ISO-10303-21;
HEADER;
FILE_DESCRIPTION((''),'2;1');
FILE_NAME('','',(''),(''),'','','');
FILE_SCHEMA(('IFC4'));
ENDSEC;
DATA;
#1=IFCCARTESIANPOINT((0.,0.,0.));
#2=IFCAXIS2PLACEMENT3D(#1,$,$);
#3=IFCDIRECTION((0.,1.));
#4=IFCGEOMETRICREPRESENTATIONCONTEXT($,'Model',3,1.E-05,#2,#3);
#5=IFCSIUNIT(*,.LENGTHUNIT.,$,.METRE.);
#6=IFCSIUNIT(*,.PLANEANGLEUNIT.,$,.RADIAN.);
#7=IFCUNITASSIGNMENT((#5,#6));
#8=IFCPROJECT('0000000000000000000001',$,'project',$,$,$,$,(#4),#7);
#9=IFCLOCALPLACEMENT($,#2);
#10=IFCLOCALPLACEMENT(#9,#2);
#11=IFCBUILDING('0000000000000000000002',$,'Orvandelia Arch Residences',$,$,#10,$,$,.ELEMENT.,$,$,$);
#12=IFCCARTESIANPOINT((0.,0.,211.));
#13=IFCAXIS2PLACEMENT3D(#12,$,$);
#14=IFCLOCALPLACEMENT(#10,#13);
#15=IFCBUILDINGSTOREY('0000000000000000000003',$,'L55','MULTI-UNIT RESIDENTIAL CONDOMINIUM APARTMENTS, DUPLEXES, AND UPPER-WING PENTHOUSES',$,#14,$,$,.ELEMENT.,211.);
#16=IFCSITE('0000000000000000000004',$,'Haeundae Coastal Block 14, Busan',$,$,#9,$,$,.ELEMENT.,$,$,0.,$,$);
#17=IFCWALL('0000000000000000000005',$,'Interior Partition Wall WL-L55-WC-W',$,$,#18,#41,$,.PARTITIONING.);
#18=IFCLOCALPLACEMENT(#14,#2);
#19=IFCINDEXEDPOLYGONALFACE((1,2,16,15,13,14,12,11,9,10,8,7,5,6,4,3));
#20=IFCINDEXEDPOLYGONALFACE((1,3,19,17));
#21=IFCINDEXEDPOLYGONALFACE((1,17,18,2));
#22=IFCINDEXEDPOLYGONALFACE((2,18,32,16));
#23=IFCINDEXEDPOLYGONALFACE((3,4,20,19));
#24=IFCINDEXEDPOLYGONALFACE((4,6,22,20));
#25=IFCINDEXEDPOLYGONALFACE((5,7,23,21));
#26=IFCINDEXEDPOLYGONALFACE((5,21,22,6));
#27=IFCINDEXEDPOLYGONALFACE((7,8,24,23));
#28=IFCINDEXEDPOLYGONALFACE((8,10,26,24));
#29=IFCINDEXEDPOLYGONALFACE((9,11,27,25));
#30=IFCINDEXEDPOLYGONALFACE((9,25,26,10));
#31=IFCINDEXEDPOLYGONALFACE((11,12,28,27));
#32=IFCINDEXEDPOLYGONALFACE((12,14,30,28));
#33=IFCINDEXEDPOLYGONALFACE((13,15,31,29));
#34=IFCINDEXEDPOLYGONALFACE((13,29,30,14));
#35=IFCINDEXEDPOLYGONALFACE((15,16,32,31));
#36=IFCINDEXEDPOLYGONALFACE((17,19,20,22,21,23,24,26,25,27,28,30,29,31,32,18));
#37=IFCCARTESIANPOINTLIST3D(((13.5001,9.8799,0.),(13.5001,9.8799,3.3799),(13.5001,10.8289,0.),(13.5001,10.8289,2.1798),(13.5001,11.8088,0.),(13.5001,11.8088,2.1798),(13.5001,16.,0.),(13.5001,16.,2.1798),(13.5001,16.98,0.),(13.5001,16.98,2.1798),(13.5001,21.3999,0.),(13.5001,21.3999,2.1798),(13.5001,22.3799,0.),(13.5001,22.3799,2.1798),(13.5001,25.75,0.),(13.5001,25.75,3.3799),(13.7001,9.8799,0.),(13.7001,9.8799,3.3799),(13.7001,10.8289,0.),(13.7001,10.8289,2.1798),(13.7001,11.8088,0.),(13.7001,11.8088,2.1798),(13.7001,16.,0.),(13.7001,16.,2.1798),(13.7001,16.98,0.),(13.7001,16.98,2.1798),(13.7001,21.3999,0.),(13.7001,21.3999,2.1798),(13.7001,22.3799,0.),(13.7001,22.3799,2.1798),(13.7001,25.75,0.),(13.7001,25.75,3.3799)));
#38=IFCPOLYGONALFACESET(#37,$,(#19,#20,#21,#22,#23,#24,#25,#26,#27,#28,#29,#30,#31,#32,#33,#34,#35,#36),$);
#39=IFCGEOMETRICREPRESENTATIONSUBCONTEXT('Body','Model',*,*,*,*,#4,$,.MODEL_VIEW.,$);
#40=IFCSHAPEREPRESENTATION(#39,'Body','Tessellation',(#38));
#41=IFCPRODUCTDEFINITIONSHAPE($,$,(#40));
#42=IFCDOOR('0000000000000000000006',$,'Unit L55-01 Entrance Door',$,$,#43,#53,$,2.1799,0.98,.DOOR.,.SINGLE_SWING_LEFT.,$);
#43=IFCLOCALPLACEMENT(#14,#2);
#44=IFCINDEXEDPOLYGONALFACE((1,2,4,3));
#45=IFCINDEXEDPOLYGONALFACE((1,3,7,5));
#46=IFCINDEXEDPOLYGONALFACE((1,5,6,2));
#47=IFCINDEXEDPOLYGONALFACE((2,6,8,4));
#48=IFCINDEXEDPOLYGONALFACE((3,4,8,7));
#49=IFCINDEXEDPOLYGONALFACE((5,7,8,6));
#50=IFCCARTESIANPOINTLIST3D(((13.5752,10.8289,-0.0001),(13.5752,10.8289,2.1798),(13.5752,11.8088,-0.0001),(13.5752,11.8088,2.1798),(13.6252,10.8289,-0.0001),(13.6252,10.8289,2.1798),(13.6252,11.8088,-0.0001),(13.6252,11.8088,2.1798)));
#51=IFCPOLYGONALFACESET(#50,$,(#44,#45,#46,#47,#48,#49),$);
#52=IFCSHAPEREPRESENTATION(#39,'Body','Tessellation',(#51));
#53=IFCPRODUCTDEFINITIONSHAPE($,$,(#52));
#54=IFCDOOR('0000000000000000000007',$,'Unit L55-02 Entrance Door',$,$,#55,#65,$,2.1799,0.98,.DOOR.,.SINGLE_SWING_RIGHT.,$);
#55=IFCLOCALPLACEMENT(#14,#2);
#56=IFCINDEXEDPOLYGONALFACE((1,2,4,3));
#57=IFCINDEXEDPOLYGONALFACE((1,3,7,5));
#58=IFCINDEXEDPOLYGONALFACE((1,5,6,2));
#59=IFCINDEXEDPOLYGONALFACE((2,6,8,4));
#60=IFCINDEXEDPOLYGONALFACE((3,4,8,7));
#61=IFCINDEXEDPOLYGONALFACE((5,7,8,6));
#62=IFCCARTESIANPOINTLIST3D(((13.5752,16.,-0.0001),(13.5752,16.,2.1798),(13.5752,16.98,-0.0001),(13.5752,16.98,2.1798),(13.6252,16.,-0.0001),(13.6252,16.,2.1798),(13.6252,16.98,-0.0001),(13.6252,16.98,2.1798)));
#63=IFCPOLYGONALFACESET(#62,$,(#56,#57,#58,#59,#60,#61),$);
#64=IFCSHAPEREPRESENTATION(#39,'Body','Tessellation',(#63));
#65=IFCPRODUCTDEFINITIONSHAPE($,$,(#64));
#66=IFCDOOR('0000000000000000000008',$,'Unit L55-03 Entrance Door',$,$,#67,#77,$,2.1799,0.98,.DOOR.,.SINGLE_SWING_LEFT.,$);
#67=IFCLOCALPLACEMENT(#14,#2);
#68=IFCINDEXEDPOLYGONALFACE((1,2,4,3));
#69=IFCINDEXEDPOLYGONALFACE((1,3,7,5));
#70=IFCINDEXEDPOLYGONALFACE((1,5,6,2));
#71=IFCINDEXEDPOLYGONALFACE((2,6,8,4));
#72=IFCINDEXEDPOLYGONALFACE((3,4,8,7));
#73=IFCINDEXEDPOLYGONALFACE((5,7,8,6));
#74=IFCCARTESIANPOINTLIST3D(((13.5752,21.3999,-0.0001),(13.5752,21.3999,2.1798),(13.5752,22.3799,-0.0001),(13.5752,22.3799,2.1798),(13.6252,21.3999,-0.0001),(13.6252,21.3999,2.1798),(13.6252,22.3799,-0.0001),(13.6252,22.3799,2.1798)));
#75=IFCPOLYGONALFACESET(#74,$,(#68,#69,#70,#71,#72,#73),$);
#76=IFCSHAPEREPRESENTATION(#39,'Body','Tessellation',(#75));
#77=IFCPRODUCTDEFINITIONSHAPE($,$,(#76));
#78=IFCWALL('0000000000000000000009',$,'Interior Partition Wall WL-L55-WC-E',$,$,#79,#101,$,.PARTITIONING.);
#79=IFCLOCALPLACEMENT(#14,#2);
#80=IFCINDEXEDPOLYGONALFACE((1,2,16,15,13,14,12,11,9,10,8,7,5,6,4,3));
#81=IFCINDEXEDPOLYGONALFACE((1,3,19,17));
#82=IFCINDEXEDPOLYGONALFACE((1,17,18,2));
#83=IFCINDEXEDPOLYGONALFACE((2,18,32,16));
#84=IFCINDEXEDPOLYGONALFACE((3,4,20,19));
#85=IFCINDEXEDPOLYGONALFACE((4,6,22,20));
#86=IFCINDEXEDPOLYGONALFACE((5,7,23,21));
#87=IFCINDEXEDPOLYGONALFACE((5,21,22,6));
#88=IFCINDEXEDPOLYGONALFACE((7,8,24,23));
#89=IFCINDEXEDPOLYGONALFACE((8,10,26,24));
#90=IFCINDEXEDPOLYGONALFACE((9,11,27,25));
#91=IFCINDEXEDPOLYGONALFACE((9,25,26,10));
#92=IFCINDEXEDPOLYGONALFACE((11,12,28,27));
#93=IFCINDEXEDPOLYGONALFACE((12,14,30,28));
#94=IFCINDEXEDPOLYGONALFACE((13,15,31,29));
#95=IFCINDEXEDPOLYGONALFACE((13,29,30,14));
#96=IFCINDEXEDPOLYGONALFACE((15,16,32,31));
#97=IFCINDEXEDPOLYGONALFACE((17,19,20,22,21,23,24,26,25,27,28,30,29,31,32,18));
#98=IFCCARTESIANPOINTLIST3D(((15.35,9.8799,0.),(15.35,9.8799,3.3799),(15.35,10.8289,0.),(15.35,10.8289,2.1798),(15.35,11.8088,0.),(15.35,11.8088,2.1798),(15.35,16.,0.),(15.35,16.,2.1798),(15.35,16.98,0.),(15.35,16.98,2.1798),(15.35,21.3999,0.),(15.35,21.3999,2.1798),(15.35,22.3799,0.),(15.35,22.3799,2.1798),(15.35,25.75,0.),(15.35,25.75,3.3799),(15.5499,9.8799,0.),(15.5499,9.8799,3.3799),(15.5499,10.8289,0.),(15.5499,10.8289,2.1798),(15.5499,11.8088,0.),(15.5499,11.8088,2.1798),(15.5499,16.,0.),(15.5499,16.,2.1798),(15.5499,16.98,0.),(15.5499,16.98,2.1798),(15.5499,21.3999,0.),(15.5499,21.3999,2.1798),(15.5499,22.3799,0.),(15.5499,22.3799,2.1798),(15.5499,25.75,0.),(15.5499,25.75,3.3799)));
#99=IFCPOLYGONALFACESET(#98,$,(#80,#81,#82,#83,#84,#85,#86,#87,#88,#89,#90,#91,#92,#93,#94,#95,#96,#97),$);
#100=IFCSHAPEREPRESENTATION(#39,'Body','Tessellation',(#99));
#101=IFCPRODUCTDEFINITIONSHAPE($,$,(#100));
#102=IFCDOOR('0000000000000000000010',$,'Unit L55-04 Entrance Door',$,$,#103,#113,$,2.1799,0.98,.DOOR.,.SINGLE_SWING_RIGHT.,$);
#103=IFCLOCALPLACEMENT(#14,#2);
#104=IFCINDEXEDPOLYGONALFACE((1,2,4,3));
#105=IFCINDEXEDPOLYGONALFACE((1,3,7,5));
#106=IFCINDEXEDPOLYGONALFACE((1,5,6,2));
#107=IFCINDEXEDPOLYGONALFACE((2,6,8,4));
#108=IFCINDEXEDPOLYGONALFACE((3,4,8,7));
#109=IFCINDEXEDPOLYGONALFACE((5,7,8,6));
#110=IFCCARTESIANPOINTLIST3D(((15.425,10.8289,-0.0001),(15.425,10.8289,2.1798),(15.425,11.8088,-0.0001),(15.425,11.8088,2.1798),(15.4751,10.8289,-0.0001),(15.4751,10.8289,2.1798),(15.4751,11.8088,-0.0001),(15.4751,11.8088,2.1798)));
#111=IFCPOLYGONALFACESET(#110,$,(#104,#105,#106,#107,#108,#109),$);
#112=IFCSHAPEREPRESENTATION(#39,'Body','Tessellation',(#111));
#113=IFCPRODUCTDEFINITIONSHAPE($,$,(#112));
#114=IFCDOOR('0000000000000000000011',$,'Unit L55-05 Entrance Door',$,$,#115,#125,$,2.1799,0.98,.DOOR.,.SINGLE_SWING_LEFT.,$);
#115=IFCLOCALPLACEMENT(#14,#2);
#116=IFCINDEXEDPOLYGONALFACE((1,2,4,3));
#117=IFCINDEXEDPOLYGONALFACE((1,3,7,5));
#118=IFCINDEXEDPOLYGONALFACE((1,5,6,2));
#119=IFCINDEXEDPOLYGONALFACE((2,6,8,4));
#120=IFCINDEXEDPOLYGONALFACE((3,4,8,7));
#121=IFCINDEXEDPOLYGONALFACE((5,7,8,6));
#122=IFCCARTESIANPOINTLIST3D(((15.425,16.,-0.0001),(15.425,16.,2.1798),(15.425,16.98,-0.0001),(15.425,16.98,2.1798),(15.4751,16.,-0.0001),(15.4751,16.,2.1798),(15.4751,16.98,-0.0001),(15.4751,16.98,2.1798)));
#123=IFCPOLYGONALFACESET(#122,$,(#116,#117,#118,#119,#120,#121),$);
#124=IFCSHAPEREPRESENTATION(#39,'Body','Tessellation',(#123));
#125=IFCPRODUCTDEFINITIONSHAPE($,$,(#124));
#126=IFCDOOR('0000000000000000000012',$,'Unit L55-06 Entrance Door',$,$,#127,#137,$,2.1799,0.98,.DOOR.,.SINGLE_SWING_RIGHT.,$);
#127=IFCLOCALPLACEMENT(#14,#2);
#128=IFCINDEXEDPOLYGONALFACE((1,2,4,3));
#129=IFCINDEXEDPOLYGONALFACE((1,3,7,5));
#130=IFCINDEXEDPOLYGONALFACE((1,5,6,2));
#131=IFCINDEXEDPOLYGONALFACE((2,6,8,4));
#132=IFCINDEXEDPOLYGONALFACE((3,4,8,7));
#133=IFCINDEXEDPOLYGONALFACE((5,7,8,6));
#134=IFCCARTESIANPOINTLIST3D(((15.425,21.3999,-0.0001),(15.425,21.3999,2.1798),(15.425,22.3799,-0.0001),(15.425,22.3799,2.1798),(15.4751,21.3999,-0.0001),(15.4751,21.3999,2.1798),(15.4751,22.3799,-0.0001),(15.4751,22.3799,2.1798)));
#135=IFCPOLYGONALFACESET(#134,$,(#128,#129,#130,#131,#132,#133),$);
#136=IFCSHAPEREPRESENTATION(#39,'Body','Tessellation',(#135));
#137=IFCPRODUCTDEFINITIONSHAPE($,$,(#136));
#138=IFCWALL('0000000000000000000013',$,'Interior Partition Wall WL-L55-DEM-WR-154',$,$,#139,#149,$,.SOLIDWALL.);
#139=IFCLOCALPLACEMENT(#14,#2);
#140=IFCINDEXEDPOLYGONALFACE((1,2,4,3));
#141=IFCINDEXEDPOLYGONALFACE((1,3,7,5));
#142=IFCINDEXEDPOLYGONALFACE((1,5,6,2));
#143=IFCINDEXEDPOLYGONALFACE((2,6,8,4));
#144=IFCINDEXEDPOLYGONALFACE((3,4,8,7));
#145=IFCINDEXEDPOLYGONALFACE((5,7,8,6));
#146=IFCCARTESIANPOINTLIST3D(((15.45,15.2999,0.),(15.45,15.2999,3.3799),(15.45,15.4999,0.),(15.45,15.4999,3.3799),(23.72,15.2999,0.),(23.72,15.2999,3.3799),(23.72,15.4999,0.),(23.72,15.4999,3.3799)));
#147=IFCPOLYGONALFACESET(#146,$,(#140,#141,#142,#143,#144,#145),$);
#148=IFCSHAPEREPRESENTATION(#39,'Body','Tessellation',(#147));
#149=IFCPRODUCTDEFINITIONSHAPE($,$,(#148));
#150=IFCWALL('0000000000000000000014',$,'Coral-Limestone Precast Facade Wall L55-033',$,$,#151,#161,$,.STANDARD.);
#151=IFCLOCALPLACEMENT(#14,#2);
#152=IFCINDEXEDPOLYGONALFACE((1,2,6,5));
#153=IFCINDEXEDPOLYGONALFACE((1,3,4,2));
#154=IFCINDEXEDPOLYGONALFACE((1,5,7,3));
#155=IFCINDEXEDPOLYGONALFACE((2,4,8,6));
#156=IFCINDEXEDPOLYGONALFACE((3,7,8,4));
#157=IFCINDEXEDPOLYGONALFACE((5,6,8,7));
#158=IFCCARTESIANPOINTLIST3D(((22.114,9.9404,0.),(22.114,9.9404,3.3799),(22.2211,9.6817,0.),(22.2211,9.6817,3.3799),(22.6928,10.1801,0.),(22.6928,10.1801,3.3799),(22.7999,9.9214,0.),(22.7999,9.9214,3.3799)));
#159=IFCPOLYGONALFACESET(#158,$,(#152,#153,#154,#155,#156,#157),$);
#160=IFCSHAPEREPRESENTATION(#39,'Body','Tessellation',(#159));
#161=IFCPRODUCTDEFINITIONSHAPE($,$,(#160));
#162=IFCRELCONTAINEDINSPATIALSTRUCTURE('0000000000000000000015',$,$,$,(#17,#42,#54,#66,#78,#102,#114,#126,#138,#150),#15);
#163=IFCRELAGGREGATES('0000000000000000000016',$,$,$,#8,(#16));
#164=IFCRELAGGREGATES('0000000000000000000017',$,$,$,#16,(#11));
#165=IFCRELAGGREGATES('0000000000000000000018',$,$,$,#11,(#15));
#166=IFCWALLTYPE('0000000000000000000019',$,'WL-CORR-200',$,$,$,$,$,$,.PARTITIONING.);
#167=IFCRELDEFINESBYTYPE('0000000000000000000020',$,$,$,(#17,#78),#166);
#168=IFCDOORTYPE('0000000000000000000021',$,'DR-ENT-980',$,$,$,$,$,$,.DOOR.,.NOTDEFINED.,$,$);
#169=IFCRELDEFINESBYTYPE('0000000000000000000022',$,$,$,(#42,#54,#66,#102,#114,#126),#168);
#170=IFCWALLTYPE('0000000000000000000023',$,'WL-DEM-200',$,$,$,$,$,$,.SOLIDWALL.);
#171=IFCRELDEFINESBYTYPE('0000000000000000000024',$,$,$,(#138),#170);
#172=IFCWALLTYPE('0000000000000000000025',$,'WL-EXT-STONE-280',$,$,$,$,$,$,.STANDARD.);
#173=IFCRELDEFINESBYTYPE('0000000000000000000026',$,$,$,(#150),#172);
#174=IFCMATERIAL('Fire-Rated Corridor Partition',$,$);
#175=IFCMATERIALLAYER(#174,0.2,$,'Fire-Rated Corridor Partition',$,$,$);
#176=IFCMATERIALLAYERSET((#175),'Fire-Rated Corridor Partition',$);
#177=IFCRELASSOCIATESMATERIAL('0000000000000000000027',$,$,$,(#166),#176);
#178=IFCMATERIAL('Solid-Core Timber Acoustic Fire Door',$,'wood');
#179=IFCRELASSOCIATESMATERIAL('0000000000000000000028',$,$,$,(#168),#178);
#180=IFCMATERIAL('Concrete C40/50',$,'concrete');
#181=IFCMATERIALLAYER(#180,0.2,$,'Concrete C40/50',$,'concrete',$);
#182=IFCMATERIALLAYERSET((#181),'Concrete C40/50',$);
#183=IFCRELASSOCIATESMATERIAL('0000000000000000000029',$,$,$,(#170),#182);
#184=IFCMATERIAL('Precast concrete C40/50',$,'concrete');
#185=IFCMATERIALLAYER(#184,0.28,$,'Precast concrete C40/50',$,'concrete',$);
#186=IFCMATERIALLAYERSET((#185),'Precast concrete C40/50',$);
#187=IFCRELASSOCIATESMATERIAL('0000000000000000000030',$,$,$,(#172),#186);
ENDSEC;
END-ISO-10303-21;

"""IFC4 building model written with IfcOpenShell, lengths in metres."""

from ifc_helpers import new_model, si_unit, direction, frame, frame_2d, origin, place, context, subcontext, project, spatial, rectangle, extrude, material, layer, layer_set, type_object, element, fill, save


model = new_model("IFC4")

# Units and contexts
model_context = context("Model", 3, precision=1e-05, world=origin(), true_north=direction((0.0, 1.0)))
body_context = subcontext(model_context, "Body", "Model", "MODEL_VIEW")
ifc_project = project(units=[si_unit("LENGTHUNIT", "METRE"), si_unit("PLANEANGLEUNIT", "RADIAN")], contexts=[model_context])

# Site, building, storey
site_placement = place(None, origin())
site = spatial("IfcSite", under=ifc_project, at=site_placement, Name="Haeundae Coastal Block 14, Busan", CompositionType="ELEMENT", RefElevation=0.0)
building_placement = place(site_placement, origin())
building = spatial("IfcBuilding", under=site, at=building_placement, Name="Orvandelia Arch Residences", CompositionType="ELEMENT")
storey_placement = place(building_placement, frame((0.0, 0.0, 211.0)))
storey = spatial("IfcBuildingStorey", under=building, at=storey_placement, Name="L55", Description="MULTI-UNIT RESIDENTIAL CONDOMINIUM APARTMENTS, DUPLEXES, AND UPPER-WING PENTHOUSES", CompositionType="ELEMENT", Elevation=211.0)

# Walls, openings, doors
ifc_material_1 = material(Name="Fire-Rated Corridor Partition")
ifc_layer_1 = layer(ifc_material_1, 0.2, Name="Fire-Rated Corridor Partition")
ifc_layer_set_1 = layer_set([ifc_layer_1], Name="Fire-Rated Corridor Partition")
wall_type_1 = type_object("IfcWallType", Name="WL-CORR-200", PredefinedType="PARTITIONING", material=ifc_layer_set_1)
wall_1_placement = place(storey_placement, frame((13.6001, 9.8799, 0.0), z_axis=(0.0, 0.0, 1.0), x_axis=(0.0, 1.0, 0.0)))
wall_1 = element("IfcWall", 1, at=wall_1_placement, inside=storey, type_object=wall_type_1, Name="Interior Partition Wall WL-L55-WC-W", PredefinedType="PARTITIONING", context=body_context, shape_type="SweptSolid", body=[
    extrude(rectangle(XDim=15.8701, YDim=0.2, at=frame_2d((7.9351, 0.0))), origin(), (0.0, 0.0, 1.0), 3.3799),
])
opening_1_placement = place(wall_1_placement, frame((0.949, 0.0, 0.0)))
opening_1 = element("IfcOpeningElement", 2, at=opening_1_placement, cuts=wall_1, PredefinedType="OPENING", context=body_context, shape_type="SweptSolid", body=[
    extrude(rectangle(XDim=0.98, YDim=2.1799, at=frame_2d((0.49, 1.0898))), frame((0.0, 0.1099, 0.0), z_axis=(0.0, -1.0, 0.0), x_axis=(1.0, 0.0, 0.0)), (0.0, 0.0, 1.0), 0.22),
])
opening_2_placement = place(wall_1_placement, frame((6.1201, 0.0, 0.0)))
opening_2 = element("IfcOpeningElement", 3, at=opening_2_placement, cuts=wall_1, PredefinedType="OPENING", context=body_context, shape_type="SweptSolid", body=[
    extrude(rectangle(XDim=0.98, YDim=2.1799, at=frame_2d((0.49, 1.0898))), frame((0.0, 0.1099, 0.0), z_axis=(0.0, -1.0, 0.0), x_axis=(1.0, 0.0, 0.0)), (0.0, 0.0, 1.0), 0.22),
])
opening_3_placement = place(wall_1_placement, frame((11.52, 0.0, 0.0)))
opening_3 = element("IfcOpeningElement", 4, at=opening_3_placement, cuts=wall_1, PredefinedType="OPENING", context=body_context, shape_type="SweptSolid", body=[
    extrude(rectangle(XDim=0.98, YDim=2.1799, at=frame_2d((0.49, 1.0898))), frame((0.0, 0.1099, 0.0), z_axis=(0.0, -1.0, 0.0), x_axis=(1.0, 0.0, 0.0)), (0.0, 0.0, 1.0), 0.22),
])
ifc_material_2 = material(Name="Solid-Core Timber Acoustic Fire Door", Category="wood")
door_type_1 = type_object("IfcDoorType", Name="DR-ENT-980", OperationType="NOTDEFINED", PredefinedType="DOOR", material=ifc_material_2)
door_1_placement = place(opening_1_placement, origin())
door_1 = element("IfcDoor", 5, at=door_1_placement, inside=storey, type_object=door_type_1, Name="Unit L55-01 Entrance Door", OperationType="SINGLE_SWING_LEFT", OverallHeight=2.1799, OverallWidth=0.98, PredefinedType="DOOR", context=body_context, shape_type="SweptSolid", body=[
    extrude(rectangle(XDim=0.98, YDim=2.1799, at=frame_2d((0.49, 1.0898))), frame((0.0, 0.0249, 0.0), z_axis=(0.0, -1.0, 0.0), x_axis=(1.0, 0.0, 0.0)), (0.0, 0.0, 1.0), 0.05),
])
fill(opening_1, door_1)
door_2_placement = place(opening_2_placement, origin())
door_2 = element("IfcDoor", 6, at=door_2_placement, inside=storey, type_object=door_type_1, Name="Unit L55-02 Entrance Door", OperationType="SINGLE_SWING_RIGHT", OverallHeight=2.1799, OverallWidth=0.98, PredefinedType="DOOR", context=body_context, shape_type="SweptSolid", body=[
    extrude(rectangle(XDim=0.98, YDim=2.1799, at=frame_2d((0.49, 1.0898))), frame((0.0, 0.0249, 0.0), z_axis=(0.0, -1.0, 0.0), x_axis=(1.0, 0.0, 0.0)), (0.0, 0.0, 1.0), 0.05),
])
fill(opening_2, door_2)
door_3_placement = place(opening_3_placement, origin())
door_3 = element("IfcDoor", 7, at=door_3_placement, inside=storey, type_object=door_type_1, Name="Unit L55-03 Entrance Door", OperationType="SINGLE_SWING_LEFT", OverallHeight=2.1799, OverallWidth=0.98, PredefinedType="DOOR", context=body_context, shape_type="SweptSolid", body=[
    extrude(rectangle(XDim=0.98, YDim=2.1799, at=frame_2d((0.49, 1.0898))), frame((0.0, 0.0249, 0.0), z_axis=(0.0, -1.0, 0.0), x_axis=(1.0, 0.0, 0.0)), (0.0, 0.0, 1.0), 0.05),
])
fill(opening_3, door_3)
wall_2_placement = place(storey_placement, frame((15.45, 9.8799, 0.0), z_axis=(0.0, 0.0, 1.0), x_axis=(0.0, 1.0, 0.0)))
wall_2 = element("IfcWall", 8, at=wall_2_placement, inside=storey, type_object=wall_type_1, Name="Interior Partition Wall WL-L55-WC-E", PredefinedType="PARTITIONING", context=body_context, shape_type="SweptSolid", body=[
    extrude(rectangle(XDim=15.8701, YDim=0.2, at=frame_2d((7.9351, 0.0))), origin(), (0.0, 0.0, 1.0), 3.3799),
])
opening_4_placement = place(wall_2_placement, frame((0.949, 0.0, 0.0)))
opening_4 = element("IfcOpeningElement", 9, at=opening_4_placement, cuts=wall_2, PredefinedType="OPENING", context=body_context, shape_type="SweptSolid", body=[
    extrude(rectangle(XDim=0.98, YDim=2.1799, at=frame_2d((0.49, 1.0898))), frame((0.0, 0.1099, 0.0), z_axis=(0.0, -1.0, 0.0), x_axis=(1.0, 0.0, 0.0)), (0.0, 0.0, 1.0), 0.22),
])
opening_5_placement = place(wall_2_placement, frame((6.1201, 0.0, 0.0)))
opening_5 = element("IfcOpeningElement", 10, at=opening_5_placement, cuts=wall_2, PredefinedType="OPENING", context=body_context, shape_type="SweptSolid", body=[
    extrude(rectangle(XDim=0.98, YDim=2.1799, at=frame_2d((0.49, 1.0898))), frame((0.0, 0.1099, 0.0), z_axis=(0.0, -1.0, 0.0), x_axis=(1.0, 0.0, 0.0)), (0.0, 0.0, 1.0), 0.22),
])
opening_6_placement = place(wall_2_placement, frame((11.52, 0.0, 0.0)))
opening_6 = element("IfcOpeningElement", 11, at=opening_6_placement, cuts=wall_2, PredefinedType="OPENING", context=body_context, shape_type="SweptSolid", body=[
    extrude(rectangle(XDim=0.98, YDim=2.1799, at=frame_2d((0.49, 1.0898))), frame((0.0, 0.1099, 0.0), z_axis=(0.0, -1.0, 0.0), x_axis=(1.0, 0.0, 0.0)), (0.0, 0.0, 1.0), 0.22),
])
door_4_placement = place(opening_4_placement, origin())
door_4 = element("IfcDoor", 12, at=door_4_placement, inside=storey, type_object=door_type_1, Name="Unit L55-04 Entrance Door", OperationType="SINGLE_SWING_RIGHT", OverallHeight=2.1799, OverallWidth=0.98, PredefinedType="DOOR", context=body_context, shape_type="SweptSolid", body=[
    extrude(rectangle(XDim=0.98, YDim=2.1799, at=frame_2d((0.49, 1.0898))), frame((0.0, 0.0249, 0.0), z_axis=(0.0, -1.0, 0.0), x_axis=(1.0, 0.0, 0.0)), (0.0, 0.0, 1.0), 0.05),
])
fill(opening_4, door_4)
door_5_placement = place(opening_5_placement, origin())
door_5 = element("IfcDoor", 13, at=door_5_placement, inside=storey, type_object=door_type_1, Name="Unit L55-05 Entrance Door", OperationType="SINGLE_SWING_LEFT", OverallHeight=2.1799, OverallWidth=0.98, PredefinedType="DOOR", context=body_context, shape_type="SweptSolid", body=[
    extrude(rectangle(XDim=0.98, YDim=2.1799, at=frame_2d((0.49, 1.0898))), frame((0.0, 0.0249, 0.0), z_axis=(0.0, -1.0, 0.0), x_axis=(1.0, 0.0, 0.0)), (0.0, 0.0, 1.0), 0.05),
])
fill(opening_5, door_5)
door_6_placement = place(opening_6_placement, origin())
door_6 = element("IfcDoor", 14, at=door_6_placement, inside=storey, type_object=door_type_1, Name="Unit L55-06 Entrance Door", OperationType="SINGLE_SWING_RIGHT", OverallHeight=2.1799, OverallWidth=0.98, PredefinedType="DOOR", context=body_context, shape_type="SweptSolid", body=[
    extrude(rectangle(XDim=0.98, YDim=2.1799, at=frame_2d((0.49, 1.0898))), frame((0.0, 0.0249, 0.0), z_axis=(0.0, -1.0, 0.0), x_axis=(1.0, 0.0, 0.0)), (0.0, 0.0, 1.0), 0.05),
])
fill(opening_6, door_6)

# Walls
ifc_material_3 = material(Name="Concrete C40/50", Category="concrete")
ifc_layer_2 = layer(ifc_material_3, 0.2, Name="Concrete C40/50", Category="concrete")
ifc_layer_set_2 = layer_set([ifc_layer_2], Name="Concrete C40/50")
wall_type_2 = type_object("IfcWallType", Name="WL-DEM-200", PredefinedType="SOLIDWALL", material=ifc_layer_set_2)
wall_3_placement = place(storey_placement, frame((15.45, 15.3999, 0.0), z_axis=(0.0, 0.0, 1.0), x_axis=(1.0, 0.0, 0.0)))
element("IfcWall", 15, at=wall_3_placement, inside=storey, type_object=wall_type_2, Name="Interior Partition Wall WL-L55-DEM-WR-154", PredefinedType="SOLIDWALL", context=body_context, shape_type="SweptSolid", body=[
    extrude(rectangle(XDim=8.27, YDim=0.2, at=frame_2d((4.135, 0.0))), origin(), (0.0, 0.0, 1.0), 3.3799),
])
ifc_material_4 = material(Name="Precast concrete C40/50", Category="concrete")
ifc_layer_3 = layer(ifc_material_4, 0.28, Name="Precast concrete C40/50", Category="concrete")
ifc_layer_set_3 = layer_set([ifc_layer_3], Name="Precast concrete C40/50")
wall_type_3 = type_object("IfcWallType", Name="WL-EXT-STONE-280", PredefinedType="STANDARD", material=ifc_layer_set_3)
for number, where, z_axis, x_axis, name in (
    (16, (22.7463, 10.0508, 0.0), (0.0, 0.0, 1.0), (-0.923893, -0.38265, 0.0), "Coral-Limestone Precast Facade Wall L55-033"),
):
    element("IfcWall", number, at=place(storey_placement, frame(where, z_axis=z_axis, x_axis=x_axis)), inside=storey, type_object=wall_type_3, Name=name, PredefinedType="STANDARD", context=body_context, shape_type="SweptSolid", body=[
        extrude(rectangle(XDim=0.6265, YDim=0.28, at=frame_2d((0.3132, 0.0))), origin(), (0.0, 0.0, 1.0), 3.3799),
    ])

save(model, "model.ifc")
